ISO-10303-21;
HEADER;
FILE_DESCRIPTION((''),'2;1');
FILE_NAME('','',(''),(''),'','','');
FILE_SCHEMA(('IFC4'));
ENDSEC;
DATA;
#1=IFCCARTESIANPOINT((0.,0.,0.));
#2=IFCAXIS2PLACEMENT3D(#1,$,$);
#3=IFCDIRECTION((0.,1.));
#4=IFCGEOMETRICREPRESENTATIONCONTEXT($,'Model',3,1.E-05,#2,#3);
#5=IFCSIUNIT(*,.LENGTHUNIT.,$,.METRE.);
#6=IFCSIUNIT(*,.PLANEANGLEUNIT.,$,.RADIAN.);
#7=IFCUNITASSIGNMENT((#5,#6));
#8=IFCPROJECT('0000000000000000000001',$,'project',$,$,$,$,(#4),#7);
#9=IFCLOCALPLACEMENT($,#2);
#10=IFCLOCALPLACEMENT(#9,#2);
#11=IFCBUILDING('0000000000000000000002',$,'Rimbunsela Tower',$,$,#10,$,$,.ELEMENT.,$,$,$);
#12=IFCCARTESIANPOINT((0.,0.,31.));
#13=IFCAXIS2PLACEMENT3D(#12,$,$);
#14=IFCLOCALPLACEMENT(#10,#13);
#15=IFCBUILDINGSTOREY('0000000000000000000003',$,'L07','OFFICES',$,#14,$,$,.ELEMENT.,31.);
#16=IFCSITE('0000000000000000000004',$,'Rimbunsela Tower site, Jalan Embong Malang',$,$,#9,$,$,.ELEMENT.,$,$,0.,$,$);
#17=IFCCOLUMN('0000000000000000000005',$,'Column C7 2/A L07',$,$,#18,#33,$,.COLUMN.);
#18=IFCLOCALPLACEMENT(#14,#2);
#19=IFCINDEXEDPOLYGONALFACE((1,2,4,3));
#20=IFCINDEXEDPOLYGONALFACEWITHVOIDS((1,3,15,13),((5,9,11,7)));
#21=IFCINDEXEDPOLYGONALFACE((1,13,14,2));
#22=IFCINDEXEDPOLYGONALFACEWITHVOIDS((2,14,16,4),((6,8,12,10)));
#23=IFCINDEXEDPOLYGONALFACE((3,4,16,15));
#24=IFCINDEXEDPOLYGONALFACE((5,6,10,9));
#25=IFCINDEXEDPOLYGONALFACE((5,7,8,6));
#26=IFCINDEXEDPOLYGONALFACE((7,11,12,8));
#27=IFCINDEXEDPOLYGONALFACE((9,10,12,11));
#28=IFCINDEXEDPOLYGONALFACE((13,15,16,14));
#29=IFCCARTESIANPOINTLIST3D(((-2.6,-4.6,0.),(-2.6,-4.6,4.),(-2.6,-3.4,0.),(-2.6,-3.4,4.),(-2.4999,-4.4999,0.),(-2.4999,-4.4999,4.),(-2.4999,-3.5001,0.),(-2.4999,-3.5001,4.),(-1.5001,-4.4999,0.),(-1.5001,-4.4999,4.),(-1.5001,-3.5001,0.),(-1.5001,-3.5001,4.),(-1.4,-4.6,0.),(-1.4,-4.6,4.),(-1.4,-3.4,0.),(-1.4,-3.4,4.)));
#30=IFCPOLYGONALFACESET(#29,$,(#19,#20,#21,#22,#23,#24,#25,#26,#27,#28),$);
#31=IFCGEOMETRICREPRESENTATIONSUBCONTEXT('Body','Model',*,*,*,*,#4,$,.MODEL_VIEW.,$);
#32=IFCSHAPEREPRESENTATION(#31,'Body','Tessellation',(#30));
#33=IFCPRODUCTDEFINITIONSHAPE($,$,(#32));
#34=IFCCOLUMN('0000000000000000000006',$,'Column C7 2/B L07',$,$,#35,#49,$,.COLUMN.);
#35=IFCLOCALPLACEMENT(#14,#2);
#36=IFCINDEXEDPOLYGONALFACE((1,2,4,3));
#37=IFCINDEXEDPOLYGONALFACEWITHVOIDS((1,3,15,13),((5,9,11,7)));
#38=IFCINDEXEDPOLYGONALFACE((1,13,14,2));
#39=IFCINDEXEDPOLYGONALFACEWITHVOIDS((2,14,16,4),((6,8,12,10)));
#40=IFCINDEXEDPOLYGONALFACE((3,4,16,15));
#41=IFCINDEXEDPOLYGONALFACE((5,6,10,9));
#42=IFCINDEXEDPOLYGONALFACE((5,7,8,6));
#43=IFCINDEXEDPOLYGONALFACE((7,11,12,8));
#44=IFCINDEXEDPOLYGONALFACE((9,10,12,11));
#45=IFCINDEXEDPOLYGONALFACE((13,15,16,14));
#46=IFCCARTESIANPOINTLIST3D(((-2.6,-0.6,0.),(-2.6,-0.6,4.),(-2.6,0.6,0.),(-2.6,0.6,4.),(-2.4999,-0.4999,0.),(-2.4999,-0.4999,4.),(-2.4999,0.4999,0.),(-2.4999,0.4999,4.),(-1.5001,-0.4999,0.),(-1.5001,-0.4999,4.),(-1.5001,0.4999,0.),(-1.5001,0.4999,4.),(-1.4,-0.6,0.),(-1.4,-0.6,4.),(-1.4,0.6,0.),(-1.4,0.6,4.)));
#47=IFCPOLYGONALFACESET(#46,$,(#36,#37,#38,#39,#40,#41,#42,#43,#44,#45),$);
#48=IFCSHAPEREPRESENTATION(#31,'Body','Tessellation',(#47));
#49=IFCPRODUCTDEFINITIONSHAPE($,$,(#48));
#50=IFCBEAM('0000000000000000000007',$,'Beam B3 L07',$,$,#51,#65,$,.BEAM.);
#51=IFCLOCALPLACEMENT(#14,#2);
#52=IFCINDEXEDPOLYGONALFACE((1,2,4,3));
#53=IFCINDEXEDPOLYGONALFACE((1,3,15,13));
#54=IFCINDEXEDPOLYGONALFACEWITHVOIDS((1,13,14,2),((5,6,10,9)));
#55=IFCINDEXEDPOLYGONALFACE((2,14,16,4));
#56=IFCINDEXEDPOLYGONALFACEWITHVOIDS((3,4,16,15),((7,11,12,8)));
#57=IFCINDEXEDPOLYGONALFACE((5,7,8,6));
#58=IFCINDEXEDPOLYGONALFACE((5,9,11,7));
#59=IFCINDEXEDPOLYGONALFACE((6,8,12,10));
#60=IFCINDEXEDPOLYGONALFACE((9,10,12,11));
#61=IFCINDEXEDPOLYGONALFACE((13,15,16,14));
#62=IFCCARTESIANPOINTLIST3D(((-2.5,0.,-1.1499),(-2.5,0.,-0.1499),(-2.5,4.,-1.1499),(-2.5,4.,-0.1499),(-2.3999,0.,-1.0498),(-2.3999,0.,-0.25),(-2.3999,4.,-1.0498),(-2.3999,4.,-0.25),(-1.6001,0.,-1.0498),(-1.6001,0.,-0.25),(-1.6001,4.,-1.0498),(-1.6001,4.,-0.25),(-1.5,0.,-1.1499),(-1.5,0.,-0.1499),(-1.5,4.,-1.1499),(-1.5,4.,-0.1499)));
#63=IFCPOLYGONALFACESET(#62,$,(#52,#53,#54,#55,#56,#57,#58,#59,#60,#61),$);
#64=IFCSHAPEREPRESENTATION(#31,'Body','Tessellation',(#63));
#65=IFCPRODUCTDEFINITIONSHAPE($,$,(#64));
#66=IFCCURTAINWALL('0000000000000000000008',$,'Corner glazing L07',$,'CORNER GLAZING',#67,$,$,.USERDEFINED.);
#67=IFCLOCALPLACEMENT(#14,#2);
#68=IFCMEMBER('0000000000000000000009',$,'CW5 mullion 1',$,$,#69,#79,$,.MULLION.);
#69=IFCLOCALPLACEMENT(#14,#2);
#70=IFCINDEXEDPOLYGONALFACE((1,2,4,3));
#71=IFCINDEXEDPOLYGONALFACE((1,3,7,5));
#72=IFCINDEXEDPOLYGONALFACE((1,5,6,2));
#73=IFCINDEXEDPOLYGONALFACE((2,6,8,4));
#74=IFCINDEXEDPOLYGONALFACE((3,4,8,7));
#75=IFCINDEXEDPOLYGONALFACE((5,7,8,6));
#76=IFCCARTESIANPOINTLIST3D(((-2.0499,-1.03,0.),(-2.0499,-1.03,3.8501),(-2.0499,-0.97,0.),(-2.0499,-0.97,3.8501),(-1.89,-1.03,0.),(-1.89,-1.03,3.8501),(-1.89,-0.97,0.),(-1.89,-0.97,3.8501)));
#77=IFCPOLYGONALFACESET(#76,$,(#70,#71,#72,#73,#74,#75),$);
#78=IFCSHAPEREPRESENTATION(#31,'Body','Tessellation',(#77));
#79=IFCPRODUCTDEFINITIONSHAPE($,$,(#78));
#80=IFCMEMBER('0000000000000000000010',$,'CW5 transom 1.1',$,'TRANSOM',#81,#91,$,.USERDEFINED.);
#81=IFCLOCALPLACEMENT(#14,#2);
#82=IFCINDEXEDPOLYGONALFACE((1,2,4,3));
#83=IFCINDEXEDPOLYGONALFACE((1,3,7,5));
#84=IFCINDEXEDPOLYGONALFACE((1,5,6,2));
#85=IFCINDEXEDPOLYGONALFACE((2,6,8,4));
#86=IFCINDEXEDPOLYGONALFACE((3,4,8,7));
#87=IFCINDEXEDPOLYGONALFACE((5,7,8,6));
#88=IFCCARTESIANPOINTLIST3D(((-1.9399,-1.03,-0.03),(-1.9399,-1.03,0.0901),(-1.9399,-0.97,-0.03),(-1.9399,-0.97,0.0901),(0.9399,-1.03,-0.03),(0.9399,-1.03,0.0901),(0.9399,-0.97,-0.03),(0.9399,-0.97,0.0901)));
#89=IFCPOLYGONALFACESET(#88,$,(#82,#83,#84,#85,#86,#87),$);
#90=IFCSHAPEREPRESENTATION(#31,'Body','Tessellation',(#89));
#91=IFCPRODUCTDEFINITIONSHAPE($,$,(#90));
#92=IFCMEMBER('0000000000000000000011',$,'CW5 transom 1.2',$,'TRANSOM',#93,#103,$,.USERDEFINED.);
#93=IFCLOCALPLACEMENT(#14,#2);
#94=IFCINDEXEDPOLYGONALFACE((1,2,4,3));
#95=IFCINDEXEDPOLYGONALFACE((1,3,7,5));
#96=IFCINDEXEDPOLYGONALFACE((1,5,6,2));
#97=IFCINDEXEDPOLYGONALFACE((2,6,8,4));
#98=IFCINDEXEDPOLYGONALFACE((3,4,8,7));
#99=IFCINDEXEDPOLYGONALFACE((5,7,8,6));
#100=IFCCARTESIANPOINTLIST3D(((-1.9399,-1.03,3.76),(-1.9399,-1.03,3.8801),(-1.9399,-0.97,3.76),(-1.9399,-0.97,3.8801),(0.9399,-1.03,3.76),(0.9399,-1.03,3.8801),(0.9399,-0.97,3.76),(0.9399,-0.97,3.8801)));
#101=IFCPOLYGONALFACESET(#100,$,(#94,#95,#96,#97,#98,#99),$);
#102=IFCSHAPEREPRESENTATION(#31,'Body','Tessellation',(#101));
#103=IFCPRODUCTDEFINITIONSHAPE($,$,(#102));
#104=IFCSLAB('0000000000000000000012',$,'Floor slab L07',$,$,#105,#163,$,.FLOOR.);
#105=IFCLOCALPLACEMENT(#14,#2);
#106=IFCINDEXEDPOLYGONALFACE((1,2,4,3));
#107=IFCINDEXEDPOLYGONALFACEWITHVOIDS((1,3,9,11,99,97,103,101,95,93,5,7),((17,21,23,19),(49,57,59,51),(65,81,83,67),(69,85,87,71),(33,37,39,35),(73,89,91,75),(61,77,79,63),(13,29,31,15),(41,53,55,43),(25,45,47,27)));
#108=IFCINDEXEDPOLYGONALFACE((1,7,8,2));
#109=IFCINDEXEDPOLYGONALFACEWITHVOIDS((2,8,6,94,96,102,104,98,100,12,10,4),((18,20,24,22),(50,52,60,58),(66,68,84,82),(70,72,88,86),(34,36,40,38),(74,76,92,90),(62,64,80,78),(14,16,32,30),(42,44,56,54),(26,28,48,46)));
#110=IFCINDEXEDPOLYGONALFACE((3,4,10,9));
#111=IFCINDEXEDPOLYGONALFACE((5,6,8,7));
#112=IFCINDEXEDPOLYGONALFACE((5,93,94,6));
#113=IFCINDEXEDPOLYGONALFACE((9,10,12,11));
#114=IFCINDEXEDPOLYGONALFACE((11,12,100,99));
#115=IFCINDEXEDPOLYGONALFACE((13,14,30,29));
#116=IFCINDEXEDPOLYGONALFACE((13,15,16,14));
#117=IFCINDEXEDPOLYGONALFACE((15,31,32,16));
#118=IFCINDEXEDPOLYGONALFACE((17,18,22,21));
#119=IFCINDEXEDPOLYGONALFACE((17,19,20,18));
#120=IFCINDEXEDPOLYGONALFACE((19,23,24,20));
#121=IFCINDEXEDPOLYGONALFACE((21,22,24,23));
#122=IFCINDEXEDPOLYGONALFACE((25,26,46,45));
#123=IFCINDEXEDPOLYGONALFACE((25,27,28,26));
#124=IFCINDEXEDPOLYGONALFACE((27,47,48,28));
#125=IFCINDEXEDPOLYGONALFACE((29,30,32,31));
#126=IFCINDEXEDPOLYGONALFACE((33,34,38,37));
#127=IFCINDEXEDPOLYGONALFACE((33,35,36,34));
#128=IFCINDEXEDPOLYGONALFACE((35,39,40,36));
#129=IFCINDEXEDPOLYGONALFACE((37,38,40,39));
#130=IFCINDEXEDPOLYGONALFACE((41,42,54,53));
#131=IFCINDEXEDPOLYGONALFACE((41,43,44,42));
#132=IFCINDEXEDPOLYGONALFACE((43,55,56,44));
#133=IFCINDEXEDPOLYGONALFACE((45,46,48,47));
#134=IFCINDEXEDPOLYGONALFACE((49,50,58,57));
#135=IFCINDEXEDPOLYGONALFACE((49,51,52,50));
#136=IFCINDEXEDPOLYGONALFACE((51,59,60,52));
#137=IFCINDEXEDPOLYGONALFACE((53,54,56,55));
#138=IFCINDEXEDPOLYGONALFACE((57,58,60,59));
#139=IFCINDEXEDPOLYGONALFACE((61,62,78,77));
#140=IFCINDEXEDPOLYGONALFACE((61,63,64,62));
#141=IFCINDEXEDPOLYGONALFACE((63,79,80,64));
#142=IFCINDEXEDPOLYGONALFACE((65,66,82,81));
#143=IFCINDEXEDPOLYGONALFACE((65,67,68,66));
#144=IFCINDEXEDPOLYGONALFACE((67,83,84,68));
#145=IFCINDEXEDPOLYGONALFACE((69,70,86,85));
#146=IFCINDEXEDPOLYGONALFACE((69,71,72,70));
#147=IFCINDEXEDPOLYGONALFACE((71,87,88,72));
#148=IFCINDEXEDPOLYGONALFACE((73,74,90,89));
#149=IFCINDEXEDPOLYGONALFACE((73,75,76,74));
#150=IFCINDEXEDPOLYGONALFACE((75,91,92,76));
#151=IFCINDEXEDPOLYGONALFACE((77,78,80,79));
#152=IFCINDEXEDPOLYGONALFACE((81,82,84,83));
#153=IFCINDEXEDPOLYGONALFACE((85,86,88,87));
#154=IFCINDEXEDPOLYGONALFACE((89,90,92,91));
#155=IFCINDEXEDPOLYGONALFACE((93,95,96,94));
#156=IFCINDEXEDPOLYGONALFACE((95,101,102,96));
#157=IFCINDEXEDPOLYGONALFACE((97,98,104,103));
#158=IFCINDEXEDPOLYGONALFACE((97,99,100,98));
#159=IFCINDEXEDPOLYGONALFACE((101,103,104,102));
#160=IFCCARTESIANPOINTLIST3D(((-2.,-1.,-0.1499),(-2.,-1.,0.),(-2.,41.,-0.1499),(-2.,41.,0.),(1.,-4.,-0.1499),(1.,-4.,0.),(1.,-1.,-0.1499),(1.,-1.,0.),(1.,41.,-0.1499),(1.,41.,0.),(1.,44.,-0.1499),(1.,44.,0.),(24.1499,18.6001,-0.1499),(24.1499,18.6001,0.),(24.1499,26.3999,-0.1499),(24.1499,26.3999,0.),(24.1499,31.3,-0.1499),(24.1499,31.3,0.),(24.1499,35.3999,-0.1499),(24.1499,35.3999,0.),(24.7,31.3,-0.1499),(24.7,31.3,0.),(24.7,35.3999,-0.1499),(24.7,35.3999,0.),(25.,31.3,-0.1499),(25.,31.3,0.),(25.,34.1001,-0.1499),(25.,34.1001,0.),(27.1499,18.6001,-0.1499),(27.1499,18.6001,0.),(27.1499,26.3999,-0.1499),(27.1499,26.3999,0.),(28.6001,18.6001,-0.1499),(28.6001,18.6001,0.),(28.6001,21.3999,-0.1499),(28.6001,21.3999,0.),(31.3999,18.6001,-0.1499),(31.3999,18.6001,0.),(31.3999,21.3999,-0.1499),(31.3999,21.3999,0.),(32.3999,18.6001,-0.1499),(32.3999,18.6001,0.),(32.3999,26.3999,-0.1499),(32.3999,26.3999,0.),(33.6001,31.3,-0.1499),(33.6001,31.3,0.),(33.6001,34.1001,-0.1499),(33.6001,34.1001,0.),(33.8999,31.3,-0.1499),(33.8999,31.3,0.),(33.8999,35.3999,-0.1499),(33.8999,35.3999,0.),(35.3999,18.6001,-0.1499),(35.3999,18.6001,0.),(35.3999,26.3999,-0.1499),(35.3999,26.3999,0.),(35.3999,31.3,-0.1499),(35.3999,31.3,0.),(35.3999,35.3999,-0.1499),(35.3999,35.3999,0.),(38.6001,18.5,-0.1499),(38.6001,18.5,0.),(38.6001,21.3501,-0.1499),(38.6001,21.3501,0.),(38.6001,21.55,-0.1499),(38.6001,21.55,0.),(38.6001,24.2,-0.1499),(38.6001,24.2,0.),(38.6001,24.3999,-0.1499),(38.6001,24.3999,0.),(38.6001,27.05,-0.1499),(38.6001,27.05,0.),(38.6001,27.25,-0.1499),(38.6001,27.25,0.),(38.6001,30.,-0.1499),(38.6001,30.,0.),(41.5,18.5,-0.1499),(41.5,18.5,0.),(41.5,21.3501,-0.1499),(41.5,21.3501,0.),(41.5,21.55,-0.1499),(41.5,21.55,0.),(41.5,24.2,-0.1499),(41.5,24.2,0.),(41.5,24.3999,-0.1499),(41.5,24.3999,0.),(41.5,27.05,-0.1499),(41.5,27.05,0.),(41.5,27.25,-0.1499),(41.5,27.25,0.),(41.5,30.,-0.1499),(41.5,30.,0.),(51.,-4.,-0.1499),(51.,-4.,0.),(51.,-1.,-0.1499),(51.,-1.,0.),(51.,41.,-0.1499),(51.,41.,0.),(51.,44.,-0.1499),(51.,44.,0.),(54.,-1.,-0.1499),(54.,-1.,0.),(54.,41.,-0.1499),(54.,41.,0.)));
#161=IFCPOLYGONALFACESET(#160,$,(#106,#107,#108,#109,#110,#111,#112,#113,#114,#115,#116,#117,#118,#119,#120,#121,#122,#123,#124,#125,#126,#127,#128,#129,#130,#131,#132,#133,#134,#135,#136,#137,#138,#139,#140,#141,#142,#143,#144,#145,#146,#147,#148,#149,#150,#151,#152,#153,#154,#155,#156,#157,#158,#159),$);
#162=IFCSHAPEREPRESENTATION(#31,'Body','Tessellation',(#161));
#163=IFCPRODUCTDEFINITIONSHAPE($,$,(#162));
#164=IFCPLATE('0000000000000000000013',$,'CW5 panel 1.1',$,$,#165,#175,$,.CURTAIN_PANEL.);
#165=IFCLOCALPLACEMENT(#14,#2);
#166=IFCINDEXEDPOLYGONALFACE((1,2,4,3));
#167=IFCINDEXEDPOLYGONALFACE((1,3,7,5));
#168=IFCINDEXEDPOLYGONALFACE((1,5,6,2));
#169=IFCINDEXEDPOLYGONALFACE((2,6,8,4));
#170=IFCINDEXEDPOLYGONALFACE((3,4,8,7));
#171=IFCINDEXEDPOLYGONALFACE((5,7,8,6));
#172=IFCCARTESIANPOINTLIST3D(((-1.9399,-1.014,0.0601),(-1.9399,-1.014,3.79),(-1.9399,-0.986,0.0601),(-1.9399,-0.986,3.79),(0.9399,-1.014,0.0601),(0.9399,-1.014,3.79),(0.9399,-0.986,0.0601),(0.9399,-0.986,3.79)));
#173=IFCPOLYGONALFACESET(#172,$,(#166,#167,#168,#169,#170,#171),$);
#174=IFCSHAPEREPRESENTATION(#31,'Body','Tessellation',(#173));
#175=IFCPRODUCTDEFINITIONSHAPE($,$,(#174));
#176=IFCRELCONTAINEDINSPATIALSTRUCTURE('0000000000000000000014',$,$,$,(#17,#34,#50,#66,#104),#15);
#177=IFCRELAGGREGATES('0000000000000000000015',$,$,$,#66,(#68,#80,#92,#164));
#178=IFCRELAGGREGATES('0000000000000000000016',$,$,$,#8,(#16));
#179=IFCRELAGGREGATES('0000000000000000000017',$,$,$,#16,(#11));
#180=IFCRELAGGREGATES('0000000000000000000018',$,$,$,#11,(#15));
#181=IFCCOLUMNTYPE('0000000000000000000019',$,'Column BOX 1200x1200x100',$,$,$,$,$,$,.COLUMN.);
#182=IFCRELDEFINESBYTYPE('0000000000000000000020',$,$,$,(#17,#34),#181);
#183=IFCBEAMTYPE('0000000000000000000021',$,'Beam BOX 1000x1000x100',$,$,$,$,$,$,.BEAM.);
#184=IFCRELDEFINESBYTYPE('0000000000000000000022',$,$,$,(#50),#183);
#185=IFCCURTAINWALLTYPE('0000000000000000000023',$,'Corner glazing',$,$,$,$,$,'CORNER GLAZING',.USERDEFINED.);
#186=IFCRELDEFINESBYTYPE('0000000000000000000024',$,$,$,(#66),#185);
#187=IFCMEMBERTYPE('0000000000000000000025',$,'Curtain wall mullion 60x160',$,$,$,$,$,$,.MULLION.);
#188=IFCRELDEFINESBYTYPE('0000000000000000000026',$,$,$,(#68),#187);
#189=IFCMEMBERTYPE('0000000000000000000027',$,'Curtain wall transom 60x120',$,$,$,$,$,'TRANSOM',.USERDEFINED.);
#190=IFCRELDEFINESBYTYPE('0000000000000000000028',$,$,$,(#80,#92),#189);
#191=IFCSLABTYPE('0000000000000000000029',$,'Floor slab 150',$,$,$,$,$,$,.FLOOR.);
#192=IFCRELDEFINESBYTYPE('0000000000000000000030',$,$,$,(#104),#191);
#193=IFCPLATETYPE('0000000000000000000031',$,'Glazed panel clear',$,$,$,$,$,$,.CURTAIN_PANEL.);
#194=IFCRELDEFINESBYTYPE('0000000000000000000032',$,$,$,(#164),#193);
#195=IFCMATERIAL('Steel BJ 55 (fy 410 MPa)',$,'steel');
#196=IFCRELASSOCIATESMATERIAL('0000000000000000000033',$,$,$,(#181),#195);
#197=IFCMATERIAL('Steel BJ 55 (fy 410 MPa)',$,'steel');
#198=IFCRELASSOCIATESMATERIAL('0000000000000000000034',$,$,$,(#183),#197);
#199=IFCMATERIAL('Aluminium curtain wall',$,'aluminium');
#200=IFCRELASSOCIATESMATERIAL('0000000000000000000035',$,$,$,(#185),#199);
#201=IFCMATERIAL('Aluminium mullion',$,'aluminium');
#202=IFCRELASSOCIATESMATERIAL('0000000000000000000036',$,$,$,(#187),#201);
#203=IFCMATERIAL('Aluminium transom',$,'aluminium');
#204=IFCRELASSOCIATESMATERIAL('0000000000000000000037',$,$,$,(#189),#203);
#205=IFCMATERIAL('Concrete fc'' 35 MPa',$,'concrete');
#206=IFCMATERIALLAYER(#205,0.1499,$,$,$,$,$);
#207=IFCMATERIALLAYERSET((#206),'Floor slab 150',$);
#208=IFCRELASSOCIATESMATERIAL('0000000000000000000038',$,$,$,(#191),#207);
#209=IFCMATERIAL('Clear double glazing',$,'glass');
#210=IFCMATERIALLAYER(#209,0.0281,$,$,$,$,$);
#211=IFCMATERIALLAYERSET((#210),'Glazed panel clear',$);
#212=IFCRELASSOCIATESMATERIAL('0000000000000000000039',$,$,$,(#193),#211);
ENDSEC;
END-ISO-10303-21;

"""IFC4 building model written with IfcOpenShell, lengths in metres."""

from ifc_helpers import new_model, si_unit, direction, frame, origin, origin_2d, place, context, subcontext, project, spatial, polyline, rectangle, hollow_rectangle, outline, extrude, material, layer, layer_set, material_profile, profile_set, type_object, element, aggregate, save


model = new_model("IFC4")

# Units and contexts
model_context = context("Model", 3, precision=1e-05, world=origin(), true_north=direction((0.0, 1.0)))
body_context = subcontext(model_context, "Body", "Model", "MODEL_VIEW")
ifc_project = project(units=[si_unit("LENGTHUNIT", "METRE"), si_unit("PLANEANGLEUNIT", "RADIAN")], contexts=[model_context])

# Site, building, storey
site_placement = place(None, origin())
site = spatial("IfcSite", under=ifc_project, at=site_placement, Name="Rimbunsela Tower site, Jalan Embong Malang", CompositionType="ELEMENT", RefElevation=0.0)
building_placement = place(site_placement, origin())
building = spatial("IfcBuilding", under=site, at=building_placement, Name="Rimbunsela Tower", CompositionType="ELEMENT")
storey_placement = place(building_placement, frame((0.0, 0.0, 31.0)))
storey = spatial("IfcBuildingStorey", under=building, at=storey_placement, Name="L07", Description="OFFICES", CompositionType="ELEMENT", Elevation=31.0)

# Columns
ifc_material_1 = material(Name="Steel BJ 55 (fy 410 MPa)", Category="steel")
ifc_material_profile_1 = material_profile(ifc_material_1, hollow_rectangle(XDim=1.2, YDim=1.2, WallThickness=0.1001, at=origin_2d()), Name="BOX 1200x1200x100")
ifc_profile_set_1 = profile_set([ifc_material_profile_1], Name="Steel BJ 55 (fy 410 MPa)")
column_type = type_object("IfcColumnType", Name="Column BOX 1200x1200x100", PredefinedType="COLUMN", material=ifc_profile_set_1)
for number, where, z_axis, x_axis, name in (
    (1, (-2.0, -4.0, 0.0), (0.0, 0.0, 1.0), (1.0, 0.0, 0.0), "Column C7 2/A L07"),
    (2, (-2.0, 0.0, 0.0), (0.0, 0.0, 1.0), (1.0, 0.0, 0.0), "Column C7 2/B L07"),
):
    element("IfcColumn", number, at=place(storey_placement, frame(where, z_axis=z_axis, x_axis=x_axis)), inside=storey, type_object=column_type, Name=name, PredefinedType="COLUMN", context=body_context, shape_type="SweptSolid", body=[
        extrude(hollow_rectangle(XDim=1.2, YDim=1.2, WallThickness=0.1001, at=origin_2d()), origin(), (0.0, 0.0, 1.0), 4.0),
    ])

# Beam
ifc_material_2 = material(Name="Steel BJ 55 (fy 410 MPa)", Category="steel")
ifc_material_profile_2 = material_profile(ifc_material_2, hollow_rectangle(XDim=1.0, YDim=1.0, WallThickness=0.1001, at=origin_2d()), Name="BOX 1000x1000x100")
ifc_profile_set_2 = profile_set([ifc_material_profile_2], Name="Steel BJ 55 (fy 410 MPa)")
beam_type = type_object("IfcBeamType", Name="Beam BOX 1000x1000x100", PredefinedType="BEAM", material=ifc_profile_set_2)
beam_placement = place(storey_placement, frame((-2.0, 0.0, -0.6499), z_axis=(0.0, 1.0, 0.0), x_axis=(-1.0, 0.0, 0.0)))
element("IfcBeam", 3, at=beam_placement, inside=storey, type_object=beam_type, Name="Beam B3 L07", PredefinedType="BEAM", context=body_context, shape_type="SweptSolid", body=[
    extrude(hollow_rectangle(XDim=1.0, YDim=1.0, WallThickness=0.1001, at=origin_2d()), origin(), (0.0, 0.0, 1.0), 4.0),
])

# Curtain wall, members
ifc_material_3 = material(Name="Aluminium curtain wall", Category="aluminium")
curtain_wall_type = type_object("IfcCurtainWallType", Name="Corner glazing", ElementType="CORNER GLAZING", PredefinedType="USERDEFINED", material=ifc_material_3)
curtain_wall_placement = place(storey_placement, origin())
curtain_wall = element("IfcCurtainWall", 4, at=curtain_wall_placement, inside=storey, type_object=curtain_wall_type, Name="Corner glazing L07", ObjectType="CORNER GLAZING", PredefinedType="USERDEFINED")
ifc_material_4 = material(Name="Aluminium mullion", Category="aluminium")
ifc_material_profile_3 = material_profile(ifc_material_4, rectangle(XDim=0.0601, YDim=0.1599, at=origin_2d()), Name="Mullion 60x160")
ifc_profile_set_3 = profile_set([ifc_material_profile_3], Name="Aluminium mullion")
member_type_1 = type_object("IfcMemberType", Name="Curtain wall mullion 60x160", PredefinedType="MULLION", material=ifc_profile_set_3)
member_1_placement = place(storey_placement, frame((-1.97, -1.0, 0.0), z_axis=(0.0, 0.0, 1.0), x_axis=(0.0, 1.0, 0.0)))
member_1 = element("IfcMember", 5, at=member_1_placement, type_object=member_type_1, Name="CW5 mullion 1", PredefinedType="MULLION", context=body_context, shape_type="SweptSolid", body=[
    extrude(rectangle(XDim=0.0601, YDim=0.1599, at=origin_2d()), origin(), (0.0, 0.0, 1.0), 3.8501),
])
ifc_material_5 = material(Name="Aluminium transom", Category="aluminium")
ifc_material_profile_4 = material_profile(ifc_material_5, rectangle(XDim=0.0601, YDim=0.1201, at=origin_2d()), Name="Transom 60x120")
ifc_profile_set_4 = profile_set([ifc_material_profile_4], Name="Aluminium transom")
member_type_2 = type_object("IfcMemberType", Name="Curtain wall transom 60x120", ElementType="TRANSOM", PredefinedType="USERDEFINED", material=ifc_profile_set_4)
member_2_placement = place(storey_placement, frame((-1.9399, -1.0, 0.03), z_axis=(1.0, 0.0, 0.0), x_axis=(0.0, 1.0, 0.0)))
member_2 = element("IfcMember", 6, at=member_2_placement, type_object=member_type_2, Name="CW5 transom 1.1", ObjectType="TRANSOM", PredefinedType="USERDEFINED", context=body_context, shape_type="SweptSolid", body=[
    extrude(rectangle(XDim=0.0601, YDim=0.1201, at=origin_2d()), origin(), (0.0, 0.0, 1.0), 2.8799),
])
member_3_placement = place(storey_placement, frame((-1.9399, -1.0, 3.8201), z_axis=(1.0, 0.0, 0.0), x_axis=(0.0, 1.0, 0.0)))
member_3 = element("IfcMember", 7, at=member_3_placement, type_object=member_type_2, Name="CW5 transom 1.2", ObjectType="TRANSOM", PredefinedType="USERDEFINED", context=body_context, shape_type="SweptSolid", body=[
    extrude(rectangle(XDim=0.0601, YDim=0.1201, at=origin_2d()), origin(), (0.0, 0.0, 1.0), 2.8799),
])

# Slab
ifc_material_6 = material(Name="Concrete fc' 35 MPa", Category="concrete")
ifc_layer_1 = layer(ifc_material_6, 0.1499)
ifc_layer_set_1 = layer_set([ifc_layer_1], Name="Floor slab 150")
slab_type_1 = type_object("IfcSlabType", Name="Floor slab 150", PredefinedType="FLOOR", material=ifc_layer_set_1)
slab_1_placement = place(storey_placement, frame((0.0, 0.0, -0.1499)))
element("IfcSlab", 8, at=slab_1_placement, inside=storey, type_object=slab_type_1, Name="Floor slab L07", PredefinedType="FLOOR", context=body_context, shape_type="SweptSolid", body=[
    extrude(outline(polyline([(1.0, -4.0), (51.0, -4.0), (51.0, -1.0), (54.0, -1.0), (54.0, 41.0), (51.0, 41.0), (51.0, 44.0), (1.0, 44.0), (1.0, 41.0), (-2.0, 41.0), (-2.0, -1.0), (1.0, -1.0), (1.0, -4.0)]), holes=[polyline([(27.1499, 18.6001), (27.1499, 26.3999), (24.1499, 26.3999), (24.1499, 18.6001), (27.1499, 18.6001)]), polyline([(24.7, 31.3), (24.7, 35.3999), (24.1499, 35.3999), (24.1499, 31.3), (24.7, 31.3)]), polyline([(25.0, 34.1001), (25.0, 31.3), (33.6001, 31.3), (33.6001, 34.1001), (25.0, 34.1001)]), polyline([(31.3999, 21.3999), (28.6001, 21.3999), (28.6001, 18.6001), (31.3999, 18.6001), (31.3999, 21.3999)]), polyline([(35.3999, 18.6001), (35.3999, 26.3999), (32.3999, 26.3999), (32.3999, 18.6001), (35.3999, 18.6001)]), polyline([(35.3999, 31.3), (35.3999, 35.3999), (33.8999, 35.3999), (33.8999, 31.3), (35.3999, 31.3)]), polyline([(41.5, 21.3501), (38.6001, 21.3501), (38.6001, 18.5), (41.5, 18.5), (41.5, 21.3501)]), polyline([(41.5, 21.55), (41.5, 24.2), (38.6001, 24.2), (38.6001, 21.55), (41.5, 21.55)]), polyline([(41.5, 27.05), (38.6001, 27.05), (38.6001, 24.3999), (41.5, 24.3999), (41.5, 27.05)]), polyline([(41.5, 27.25), (41.5, 30.0), (38.6001, 30.0), (38.6001, 27.25), (41.5, 27.25)])]), origin(), (0.0, 0.0, 1.0), 0.1499),
])

# Plate
ifc_material_7 = material(Name="Clear double glazing", Category="glass")
ifc_layer_2 = layer(ifc_material_7, 0.0281)
ifc_layer_set_2 = layer_set([ifc_layer_2], Name="Glazed panel clear")
plate_type = type_object("IfcPlateType", Name="Glazed panel clear", PredefinedType="CURTAIN_PANEL", material=ifc_layer_set_2)
plate_placement = place(storey_placement, frame((-0.5, -1.0, 0.0601), z_axis=(0.0, 0.0, 1.0), x_axis=(1.0, 0.0, 0.0)))
plate = element("IfcPlate", 9, at=plate_placement, type_object=plate_type, Name="CW5 panel 1.1", PredefinedType="CURTAIN_PANEL", context=body_context, shape_type="SweptSolid", body=[
    extrude(rectangle(XDim=2.8799, YDim=0.0281, at=origin_2d()), origin(), (0.0, 0.0, 1.0), 3.73),
])
aggregate(curtain_wall, [member_1, member_2, member_3, plate])

save(model, "model.ifc")
